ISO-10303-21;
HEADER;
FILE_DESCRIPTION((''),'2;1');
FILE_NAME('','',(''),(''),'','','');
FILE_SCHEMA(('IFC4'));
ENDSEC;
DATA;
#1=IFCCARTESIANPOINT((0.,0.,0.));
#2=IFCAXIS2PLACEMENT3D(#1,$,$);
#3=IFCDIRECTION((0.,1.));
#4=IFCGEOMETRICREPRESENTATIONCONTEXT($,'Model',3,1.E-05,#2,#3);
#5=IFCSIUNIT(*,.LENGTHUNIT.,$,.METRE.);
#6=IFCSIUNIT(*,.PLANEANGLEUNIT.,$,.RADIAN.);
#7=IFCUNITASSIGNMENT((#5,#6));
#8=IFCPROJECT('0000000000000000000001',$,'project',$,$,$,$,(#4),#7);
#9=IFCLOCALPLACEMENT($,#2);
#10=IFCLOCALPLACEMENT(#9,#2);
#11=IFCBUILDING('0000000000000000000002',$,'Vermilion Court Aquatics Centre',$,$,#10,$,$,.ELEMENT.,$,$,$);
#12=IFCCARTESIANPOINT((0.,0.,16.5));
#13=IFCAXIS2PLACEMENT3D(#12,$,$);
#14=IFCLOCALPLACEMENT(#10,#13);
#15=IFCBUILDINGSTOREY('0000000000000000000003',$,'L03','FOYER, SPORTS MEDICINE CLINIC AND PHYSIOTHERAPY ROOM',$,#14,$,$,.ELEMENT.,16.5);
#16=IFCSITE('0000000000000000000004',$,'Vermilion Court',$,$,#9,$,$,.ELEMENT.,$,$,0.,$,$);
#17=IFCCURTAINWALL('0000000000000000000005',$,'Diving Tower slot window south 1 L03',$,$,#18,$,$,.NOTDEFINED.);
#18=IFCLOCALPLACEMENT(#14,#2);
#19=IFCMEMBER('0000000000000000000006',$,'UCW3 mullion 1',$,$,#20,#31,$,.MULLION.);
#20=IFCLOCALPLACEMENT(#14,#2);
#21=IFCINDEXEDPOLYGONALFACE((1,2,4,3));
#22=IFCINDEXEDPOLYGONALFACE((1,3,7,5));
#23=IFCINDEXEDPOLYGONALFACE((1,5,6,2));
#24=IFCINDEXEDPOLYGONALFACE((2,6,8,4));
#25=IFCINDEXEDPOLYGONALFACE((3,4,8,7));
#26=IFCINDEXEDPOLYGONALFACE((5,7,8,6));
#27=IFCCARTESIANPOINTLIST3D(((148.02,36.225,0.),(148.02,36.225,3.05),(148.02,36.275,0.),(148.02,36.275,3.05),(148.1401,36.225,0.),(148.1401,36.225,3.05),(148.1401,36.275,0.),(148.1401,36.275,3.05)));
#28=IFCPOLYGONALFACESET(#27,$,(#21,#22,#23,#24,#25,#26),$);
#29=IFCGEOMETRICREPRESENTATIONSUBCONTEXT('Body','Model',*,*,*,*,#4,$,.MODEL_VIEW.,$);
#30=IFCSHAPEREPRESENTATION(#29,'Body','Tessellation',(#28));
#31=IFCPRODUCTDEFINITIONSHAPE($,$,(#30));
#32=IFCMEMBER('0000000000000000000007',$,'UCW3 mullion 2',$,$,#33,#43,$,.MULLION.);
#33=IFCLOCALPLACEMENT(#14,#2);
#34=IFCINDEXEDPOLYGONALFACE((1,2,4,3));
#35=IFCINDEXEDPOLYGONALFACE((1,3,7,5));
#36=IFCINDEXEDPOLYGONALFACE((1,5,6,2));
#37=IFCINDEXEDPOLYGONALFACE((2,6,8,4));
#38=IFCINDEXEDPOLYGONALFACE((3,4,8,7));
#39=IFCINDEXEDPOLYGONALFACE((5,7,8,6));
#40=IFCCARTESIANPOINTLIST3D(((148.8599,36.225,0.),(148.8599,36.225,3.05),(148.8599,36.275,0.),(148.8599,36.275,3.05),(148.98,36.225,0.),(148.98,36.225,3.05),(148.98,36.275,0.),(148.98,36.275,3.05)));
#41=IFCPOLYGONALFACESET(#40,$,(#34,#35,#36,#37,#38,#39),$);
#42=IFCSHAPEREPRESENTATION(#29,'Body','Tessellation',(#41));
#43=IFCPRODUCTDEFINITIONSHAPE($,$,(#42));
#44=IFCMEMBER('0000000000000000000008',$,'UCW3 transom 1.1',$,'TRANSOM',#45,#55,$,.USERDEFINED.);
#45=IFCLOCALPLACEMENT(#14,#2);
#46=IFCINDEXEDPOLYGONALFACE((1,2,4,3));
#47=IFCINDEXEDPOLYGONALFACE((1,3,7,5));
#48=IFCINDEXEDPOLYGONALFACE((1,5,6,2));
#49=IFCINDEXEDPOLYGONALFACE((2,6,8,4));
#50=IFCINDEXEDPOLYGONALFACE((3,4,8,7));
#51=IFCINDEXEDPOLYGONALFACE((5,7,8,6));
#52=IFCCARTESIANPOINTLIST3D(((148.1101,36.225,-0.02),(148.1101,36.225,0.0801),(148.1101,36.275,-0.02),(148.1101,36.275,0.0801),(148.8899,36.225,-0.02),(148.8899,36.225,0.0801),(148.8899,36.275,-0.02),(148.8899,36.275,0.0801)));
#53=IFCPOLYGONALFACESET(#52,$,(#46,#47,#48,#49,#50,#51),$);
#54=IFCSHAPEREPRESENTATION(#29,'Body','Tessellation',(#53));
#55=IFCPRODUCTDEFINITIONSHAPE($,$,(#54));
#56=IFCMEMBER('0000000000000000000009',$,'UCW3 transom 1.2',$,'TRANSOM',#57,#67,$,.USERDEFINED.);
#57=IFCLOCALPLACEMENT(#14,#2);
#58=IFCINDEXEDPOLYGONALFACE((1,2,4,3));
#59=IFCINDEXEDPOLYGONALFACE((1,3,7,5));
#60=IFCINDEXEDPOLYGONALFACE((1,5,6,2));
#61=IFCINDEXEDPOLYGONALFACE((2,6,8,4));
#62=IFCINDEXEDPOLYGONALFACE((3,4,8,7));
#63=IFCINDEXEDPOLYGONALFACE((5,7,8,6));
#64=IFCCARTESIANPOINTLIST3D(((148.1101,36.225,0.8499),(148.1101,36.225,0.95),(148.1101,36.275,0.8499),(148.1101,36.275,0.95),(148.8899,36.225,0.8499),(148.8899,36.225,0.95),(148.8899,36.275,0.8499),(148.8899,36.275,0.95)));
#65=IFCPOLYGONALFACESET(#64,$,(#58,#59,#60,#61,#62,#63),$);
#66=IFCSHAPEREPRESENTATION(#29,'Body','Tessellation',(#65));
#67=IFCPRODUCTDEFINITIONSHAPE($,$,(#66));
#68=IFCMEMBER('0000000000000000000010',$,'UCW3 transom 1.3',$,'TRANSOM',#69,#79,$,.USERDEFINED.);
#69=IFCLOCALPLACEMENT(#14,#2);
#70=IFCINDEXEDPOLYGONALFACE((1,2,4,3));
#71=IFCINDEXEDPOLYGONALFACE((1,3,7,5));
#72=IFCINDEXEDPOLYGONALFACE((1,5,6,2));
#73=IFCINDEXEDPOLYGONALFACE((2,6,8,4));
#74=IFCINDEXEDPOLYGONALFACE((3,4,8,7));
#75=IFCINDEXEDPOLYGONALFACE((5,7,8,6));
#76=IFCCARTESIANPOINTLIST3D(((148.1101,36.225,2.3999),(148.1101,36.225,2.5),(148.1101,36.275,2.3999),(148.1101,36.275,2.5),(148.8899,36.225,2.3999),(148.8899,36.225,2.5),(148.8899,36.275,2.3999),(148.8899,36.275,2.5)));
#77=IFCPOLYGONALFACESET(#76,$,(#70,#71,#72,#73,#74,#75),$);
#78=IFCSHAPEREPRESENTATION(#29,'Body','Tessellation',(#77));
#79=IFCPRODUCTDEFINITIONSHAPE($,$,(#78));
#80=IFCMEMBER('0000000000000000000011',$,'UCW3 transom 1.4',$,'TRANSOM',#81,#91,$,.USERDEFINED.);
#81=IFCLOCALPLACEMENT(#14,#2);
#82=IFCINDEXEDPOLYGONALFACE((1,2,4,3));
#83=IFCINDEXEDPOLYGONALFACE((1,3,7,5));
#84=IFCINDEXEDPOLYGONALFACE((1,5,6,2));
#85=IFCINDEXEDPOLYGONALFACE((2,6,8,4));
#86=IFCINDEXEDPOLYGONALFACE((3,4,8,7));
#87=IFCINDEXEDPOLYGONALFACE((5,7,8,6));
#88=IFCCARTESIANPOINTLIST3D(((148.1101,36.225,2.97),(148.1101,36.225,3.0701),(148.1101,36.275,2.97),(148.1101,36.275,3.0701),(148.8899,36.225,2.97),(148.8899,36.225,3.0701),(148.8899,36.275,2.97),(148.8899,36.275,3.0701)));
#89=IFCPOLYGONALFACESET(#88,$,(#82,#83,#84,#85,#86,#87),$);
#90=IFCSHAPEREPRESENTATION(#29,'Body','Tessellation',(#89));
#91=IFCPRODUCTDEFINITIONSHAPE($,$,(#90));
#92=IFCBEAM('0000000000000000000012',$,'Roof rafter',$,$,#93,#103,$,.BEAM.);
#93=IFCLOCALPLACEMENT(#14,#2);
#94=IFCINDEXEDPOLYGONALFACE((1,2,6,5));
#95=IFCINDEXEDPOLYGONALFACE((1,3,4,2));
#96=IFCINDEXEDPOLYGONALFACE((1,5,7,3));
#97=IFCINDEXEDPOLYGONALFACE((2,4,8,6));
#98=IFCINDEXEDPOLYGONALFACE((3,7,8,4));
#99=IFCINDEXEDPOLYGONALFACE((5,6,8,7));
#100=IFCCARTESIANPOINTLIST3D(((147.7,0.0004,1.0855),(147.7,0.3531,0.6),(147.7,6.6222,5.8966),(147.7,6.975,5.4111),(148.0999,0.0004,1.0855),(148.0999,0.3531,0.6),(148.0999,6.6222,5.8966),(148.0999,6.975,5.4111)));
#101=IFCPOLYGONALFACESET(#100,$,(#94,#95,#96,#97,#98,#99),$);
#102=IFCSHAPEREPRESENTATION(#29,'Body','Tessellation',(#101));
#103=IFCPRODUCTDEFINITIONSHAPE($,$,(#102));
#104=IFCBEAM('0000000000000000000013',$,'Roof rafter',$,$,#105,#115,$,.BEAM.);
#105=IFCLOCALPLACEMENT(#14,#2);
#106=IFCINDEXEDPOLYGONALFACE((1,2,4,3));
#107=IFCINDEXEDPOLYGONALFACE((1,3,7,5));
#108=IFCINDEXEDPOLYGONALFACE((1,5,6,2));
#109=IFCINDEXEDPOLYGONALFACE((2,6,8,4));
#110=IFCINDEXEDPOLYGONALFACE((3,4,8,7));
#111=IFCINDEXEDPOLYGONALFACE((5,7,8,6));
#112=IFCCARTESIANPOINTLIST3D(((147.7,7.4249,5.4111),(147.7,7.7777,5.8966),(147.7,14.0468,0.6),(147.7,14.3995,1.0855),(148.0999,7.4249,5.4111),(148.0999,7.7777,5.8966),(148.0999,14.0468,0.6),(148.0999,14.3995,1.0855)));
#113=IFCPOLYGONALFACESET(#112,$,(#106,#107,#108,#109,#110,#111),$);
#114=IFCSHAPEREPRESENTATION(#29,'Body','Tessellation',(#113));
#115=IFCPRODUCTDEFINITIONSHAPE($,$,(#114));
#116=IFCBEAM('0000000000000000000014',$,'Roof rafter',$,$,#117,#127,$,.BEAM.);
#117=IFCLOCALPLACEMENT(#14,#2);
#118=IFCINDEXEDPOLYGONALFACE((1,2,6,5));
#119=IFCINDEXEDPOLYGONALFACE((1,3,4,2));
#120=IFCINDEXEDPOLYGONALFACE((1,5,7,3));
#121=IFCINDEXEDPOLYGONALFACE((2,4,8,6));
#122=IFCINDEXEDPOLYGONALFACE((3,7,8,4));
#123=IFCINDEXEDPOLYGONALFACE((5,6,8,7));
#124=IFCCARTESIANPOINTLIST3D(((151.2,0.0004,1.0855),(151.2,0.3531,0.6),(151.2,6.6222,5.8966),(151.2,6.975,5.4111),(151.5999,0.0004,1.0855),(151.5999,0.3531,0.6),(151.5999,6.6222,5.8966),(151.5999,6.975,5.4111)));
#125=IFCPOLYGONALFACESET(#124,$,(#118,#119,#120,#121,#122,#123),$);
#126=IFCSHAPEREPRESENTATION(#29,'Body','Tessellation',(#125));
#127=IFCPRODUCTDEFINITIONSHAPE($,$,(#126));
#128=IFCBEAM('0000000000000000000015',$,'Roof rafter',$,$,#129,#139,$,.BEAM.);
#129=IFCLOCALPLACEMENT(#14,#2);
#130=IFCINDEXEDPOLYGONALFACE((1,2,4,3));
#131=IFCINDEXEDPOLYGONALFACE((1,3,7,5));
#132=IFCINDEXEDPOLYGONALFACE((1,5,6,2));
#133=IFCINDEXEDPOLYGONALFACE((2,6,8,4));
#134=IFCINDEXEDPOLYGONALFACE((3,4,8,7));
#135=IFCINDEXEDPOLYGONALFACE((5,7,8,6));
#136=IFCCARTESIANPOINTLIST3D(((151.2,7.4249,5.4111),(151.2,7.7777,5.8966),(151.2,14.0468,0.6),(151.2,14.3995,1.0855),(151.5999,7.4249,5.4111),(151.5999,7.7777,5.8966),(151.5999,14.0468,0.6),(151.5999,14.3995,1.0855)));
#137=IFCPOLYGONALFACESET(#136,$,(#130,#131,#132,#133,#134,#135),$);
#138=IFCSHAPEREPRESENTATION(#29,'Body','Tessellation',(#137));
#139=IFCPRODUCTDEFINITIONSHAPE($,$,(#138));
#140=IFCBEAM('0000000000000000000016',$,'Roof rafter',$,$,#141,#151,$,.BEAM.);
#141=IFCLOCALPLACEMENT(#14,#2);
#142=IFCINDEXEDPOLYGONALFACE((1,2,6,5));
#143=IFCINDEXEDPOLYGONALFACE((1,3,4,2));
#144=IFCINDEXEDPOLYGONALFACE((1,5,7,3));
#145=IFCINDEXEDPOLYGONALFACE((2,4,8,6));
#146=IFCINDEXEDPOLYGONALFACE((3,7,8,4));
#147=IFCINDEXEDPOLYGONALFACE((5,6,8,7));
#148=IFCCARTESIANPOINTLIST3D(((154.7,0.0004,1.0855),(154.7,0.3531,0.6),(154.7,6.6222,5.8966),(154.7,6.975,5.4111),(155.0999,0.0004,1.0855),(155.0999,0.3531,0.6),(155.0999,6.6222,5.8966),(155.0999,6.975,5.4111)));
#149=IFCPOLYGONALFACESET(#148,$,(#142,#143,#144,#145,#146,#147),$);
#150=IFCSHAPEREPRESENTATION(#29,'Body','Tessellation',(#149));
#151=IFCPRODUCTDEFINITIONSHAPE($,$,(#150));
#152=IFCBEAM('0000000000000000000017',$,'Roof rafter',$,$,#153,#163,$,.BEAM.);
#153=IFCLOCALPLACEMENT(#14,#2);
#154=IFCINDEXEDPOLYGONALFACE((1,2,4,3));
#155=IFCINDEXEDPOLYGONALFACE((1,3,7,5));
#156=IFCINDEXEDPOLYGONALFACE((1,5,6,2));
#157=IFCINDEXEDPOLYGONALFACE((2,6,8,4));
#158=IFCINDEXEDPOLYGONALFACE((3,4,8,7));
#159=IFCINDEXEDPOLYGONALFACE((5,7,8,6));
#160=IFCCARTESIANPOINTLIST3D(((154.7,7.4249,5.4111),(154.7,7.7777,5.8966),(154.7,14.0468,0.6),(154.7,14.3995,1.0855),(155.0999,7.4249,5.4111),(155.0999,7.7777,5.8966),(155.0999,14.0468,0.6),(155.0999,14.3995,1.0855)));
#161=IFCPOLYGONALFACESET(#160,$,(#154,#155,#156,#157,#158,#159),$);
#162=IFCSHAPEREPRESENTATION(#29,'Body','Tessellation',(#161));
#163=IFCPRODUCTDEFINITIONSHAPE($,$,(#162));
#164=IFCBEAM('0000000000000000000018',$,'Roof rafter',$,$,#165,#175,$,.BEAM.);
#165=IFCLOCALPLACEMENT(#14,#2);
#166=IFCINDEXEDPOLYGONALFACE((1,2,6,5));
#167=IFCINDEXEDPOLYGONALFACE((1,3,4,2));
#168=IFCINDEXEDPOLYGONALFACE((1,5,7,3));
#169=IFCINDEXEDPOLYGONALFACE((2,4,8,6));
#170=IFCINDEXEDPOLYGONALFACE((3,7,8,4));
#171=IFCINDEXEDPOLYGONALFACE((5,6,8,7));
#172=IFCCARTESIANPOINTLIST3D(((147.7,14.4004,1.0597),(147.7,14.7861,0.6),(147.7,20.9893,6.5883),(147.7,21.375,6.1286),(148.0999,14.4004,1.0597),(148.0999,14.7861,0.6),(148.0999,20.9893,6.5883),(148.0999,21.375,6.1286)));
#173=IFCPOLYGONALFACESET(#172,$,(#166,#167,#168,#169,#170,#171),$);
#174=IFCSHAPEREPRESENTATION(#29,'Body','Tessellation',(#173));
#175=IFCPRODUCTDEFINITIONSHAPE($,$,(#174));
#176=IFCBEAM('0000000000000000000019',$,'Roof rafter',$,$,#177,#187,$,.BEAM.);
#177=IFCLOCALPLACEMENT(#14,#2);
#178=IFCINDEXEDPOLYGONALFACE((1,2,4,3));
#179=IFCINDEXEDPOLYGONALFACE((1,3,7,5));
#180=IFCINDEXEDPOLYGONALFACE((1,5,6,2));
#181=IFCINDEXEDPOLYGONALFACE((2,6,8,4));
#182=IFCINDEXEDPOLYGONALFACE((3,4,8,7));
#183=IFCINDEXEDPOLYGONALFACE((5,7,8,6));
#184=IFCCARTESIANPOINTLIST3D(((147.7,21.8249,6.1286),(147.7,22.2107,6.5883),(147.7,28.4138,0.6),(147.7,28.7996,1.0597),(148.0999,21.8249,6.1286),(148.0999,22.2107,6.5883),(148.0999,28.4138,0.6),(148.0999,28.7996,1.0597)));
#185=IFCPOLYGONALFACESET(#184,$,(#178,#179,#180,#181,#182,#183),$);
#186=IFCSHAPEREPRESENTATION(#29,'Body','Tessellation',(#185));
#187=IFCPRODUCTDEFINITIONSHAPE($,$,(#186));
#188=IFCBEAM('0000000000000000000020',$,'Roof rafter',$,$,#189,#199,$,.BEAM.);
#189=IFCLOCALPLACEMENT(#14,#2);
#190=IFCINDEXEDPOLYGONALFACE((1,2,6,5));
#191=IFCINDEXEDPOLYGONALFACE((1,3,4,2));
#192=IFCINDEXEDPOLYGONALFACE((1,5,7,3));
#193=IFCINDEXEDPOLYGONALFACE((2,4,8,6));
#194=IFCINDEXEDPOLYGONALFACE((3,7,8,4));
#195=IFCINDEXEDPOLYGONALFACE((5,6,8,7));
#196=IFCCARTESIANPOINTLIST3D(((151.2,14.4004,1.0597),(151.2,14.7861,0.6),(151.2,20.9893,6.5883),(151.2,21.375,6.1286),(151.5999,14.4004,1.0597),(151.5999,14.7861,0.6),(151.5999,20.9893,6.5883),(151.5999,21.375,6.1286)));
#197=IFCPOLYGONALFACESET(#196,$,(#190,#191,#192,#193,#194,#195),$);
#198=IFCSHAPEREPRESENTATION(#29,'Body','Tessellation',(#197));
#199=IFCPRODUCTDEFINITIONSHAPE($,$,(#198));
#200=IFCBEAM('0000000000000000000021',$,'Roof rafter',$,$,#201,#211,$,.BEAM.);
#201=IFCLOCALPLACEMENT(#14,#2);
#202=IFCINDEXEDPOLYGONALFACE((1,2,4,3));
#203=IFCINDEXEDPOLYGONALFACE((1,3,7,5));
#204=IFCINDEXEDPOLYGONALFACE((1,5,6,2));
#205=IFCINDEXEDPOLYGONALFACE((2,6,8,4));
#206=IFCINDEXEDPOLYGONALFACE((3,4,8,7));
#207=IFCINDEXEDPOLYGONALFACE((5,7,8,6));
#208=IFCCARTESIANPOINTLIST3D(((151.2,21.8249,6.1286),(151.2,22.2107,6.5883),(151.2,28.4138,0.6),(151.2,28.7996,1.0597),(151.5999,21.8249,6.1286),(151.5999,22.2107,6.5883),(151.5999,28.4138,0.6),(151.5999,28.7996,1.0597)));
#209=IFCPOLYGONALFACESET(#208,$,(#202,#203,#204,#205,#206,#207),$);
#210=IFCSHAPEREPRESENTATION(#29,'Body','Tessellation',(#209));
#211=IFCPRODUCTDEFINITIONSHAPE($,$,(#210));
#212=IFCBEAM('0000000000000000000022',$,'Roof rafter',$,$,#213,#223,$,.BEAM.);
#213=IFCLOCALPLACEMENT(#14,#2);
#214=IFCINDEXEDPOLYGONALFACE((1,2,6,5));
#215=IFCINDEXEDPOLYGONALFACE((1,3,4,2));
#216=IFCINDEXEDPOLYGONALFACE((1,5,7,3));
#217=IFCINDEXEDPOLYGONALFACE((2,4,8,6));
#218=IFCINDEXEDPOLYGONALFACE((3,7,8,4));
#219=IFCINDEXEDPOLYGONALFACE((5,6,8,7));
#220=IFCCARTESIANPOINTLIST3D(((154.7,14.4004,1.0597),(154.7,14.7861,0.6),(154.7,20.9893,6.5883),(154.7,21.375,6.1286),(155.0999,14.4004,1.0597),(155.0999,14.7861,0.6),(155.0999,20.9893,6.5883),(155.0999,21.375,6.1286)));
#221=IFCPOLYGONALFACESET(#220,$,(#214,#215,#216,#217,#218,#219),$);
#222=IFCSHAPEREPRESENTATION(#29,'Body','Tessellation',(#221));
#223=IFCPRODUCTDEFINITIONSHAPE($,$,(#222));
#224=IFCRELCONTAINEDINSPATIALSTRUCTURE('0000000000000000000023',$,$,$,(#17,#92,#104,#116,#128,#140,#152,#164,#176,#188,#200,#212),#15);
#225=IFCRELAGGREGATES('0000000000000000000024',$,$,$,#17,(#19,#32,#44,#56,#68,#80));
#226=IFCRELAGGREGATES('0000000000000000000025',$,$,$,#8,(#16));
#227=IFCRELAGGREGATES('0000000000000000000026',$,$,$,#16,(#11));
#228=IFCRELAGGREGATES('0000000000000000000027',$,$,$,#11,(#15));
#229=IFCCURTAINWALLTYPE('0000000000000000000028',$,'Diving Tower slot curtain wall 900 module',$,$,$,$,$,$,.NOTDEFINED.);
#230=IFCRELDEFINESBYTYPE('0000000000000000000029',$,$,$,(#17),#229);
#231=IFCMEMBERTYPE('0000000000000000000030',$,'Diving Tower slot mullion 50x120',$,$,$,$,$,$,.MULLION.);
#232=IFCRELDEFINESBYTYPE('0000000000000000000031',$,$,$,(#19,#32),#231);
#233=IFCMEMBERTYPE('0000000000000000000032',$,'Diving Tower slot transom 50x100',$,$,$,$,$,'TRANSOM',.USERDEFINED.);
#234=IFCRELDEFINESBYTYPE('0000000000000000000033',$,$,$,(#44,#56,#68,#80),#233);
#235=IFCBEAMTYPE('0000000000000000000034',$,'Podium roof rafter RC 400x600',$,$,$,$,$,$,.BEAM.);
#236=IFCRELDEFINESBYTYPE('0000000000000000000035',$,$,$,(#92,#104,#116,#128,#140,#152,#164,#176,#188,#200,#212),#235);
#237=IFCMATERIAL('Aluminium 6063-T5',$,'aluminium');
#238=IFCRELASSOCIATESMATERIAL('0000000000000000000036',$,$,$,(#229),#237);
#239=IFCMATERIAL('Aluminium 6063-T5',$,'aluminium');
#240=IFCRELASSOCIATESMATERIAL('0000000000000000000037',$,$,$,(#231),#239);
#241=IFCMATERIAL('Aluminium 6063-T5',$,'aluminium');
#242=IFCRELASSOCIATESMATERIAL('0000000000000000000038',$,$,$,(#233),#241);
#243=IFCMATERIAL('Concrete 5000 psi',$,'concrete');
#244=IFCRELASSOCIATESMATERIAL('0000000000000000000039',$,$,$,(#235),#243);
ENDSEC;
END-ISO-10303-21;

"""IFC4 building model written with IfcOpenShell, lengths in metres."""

from ifc_helpers import new_model, si_unit, direction, frame, origin, origin_2d, place, context, subcontext, project, spatial, rectangle, extrude, material, material_profile, profile_set, type_object, element, aggregate, save


model = new_model("IFC4")

# Units and contexts
model_context = context("Model", 3, precision=1e-05, world=origin(), true_north=direction((0.0, 1.0)))
body_context = subcontext(model_context, "Body", "Model", "MODEL_VIEW")
ifc_project = project(units=[si_unit("LENGTHUNIT", "METRE"), si_unit("PLANEANGLEUNIT", "RADIAN")], contexts=[model_context])

# Site, building, storey
site_placement = place(None, origin())
site = spatial("IfcSite", under=ifc_project, at=site_placement, Name="Vermilion Court", CompositionType="ELEMENT", RefElevation=0.0)
building_placement = place(site_placement, origin())
building = spatial("IfcBuilding", under=site, at=building_placement, Name="Vermilion Court Aquatics Centre", CompositionType="ELEMENT")
storey_placement = place(building_placement, frame((0.0, 0.0, 16.5)))
storey = spatial("IfcBuildingStorey", under=building, at=storey_placement, Name="L03", Description="FOYER, SPORTS MEDICINE CLINIC AND PHYSIOTHERAPY ROOM", CompositionType="ELEMENT", Elevation=16.5)

# Curtain wall, members
ifc_material_1 = material(Name="Aluminium 6063-T5", Category="aluminium")
curtain_wall_type = type_object("IfcCurtainWallType", Name="Diving Tower slot curtain wall 900 module", PredefinedType="NOTDEFINED", material=ifc_material_1)
curtain_wall_placement = place(storey_placement, origin())
curtain_wall = element("IfcCurtainWall", 1, at=curtain_wall_placement, inside=storey, type_object=curtain_wall_type, Name="Diving Tower slot window south 1 L03", PredefinedType="NOTDEFINED")
ifc_material_2 = material(Name="Aluminium 6063-T5", Category="aluminium")
ifc_material_profile_1 = material_profile(ifc_material_2, rectangle(XDim=0.05, YDim=0.1201, at=origin_2d()), Name="AL 50x120")
ifc_profile_set_1 = profile_set([ifc_material_profile_1], Name="Aluminium 6063-T5")
member_type_1 = type_object("IfcMemberType", Name="Diving Tower slot mullion 50x120", PredefinedType="MULLION", material=ifc_profile_set_1)
member_1_placement = place(storey_placement, frame((148.0801, 36.25, 0.0), z_axis=(0.0, 0.0, 1.0), x_axis=(0.0, 1.0, 0.0)))
member_1 = element("IfcMember", 2, at=member_1_placement, type_object=member_type_1, Name="UCW3 mullion 1", PredefinedType="MULLION", context=body_context, shape_type="SweptSolid", body=[
    extrude(rectangle(XDim=0.05, YDim=0.1201, at=origin_2d()), origin(), (0.0, 0.0, 1.0), 3.05),
])
member_2_placement = place(storey_placement, frame((148.9199, 36.25, 0.0), z_axis=(0.0, 0.0, 1.0), x_axis=(0.0, 1.0, 0.0)))
member_2 = element("IfcMember", 3, at=member_2_placement, type_object=member_type_1, Name="UCW3 mullion 2", PredefinedType="MULLION", context=body_context, shape_type="SweptSolid", body=[
    extrude(rectangle(XDim=0.05, YDim=0.1201, at=origin_2d()), origin(), (0.0, 0.0, 1.0), 3.05),
])
ifc_material_3 = material(Name="Aluminium 6063-T5", Category="aluminium")
ifc_material_profile_2 = material_profile(ifc_material_3, rectangle(XDim=0.05, YDim=0.1001, at=origin_2d()), Name="AL 50x100")
ifc_profile_set_2 = profile_set([ifc_material_profile_2], Name="Aluminium 6063-T5")
member_type_2 = type_object("IfcMemberType", Name="Diving Tower slot transom 50x100", ElementType="TRANSOM", PredefinedType="USERDEFINED", material=ifc_profile_set_2)
member_3_placement = place(storey_placement, frame((148.1101, 36.25, 0.03), z_axis=(1.0, 0.0, 0.0), x_axis=(0.0, 1.0, 0.0)))
member_3 = element("IfcMember", 4, at=member_3_placement, type_object=member_type_2, Name="UCW3 transom 1.1", ObjectType="TRANSOM", PredefinedType="USERDEFINED", context=body_context, shape_type="SweptSolid", body=[
    extrude(rectangle(XDim=0.05, YDim=0.1001, at=origin_2d()), origin(), (0.0, 0.0, 1.0), 0.7798),
])
member_4_placement = place(storey_placement, frame((148.1101, 36.25, 0.8999), z_axis=(1.0, 0.0, 0.0), x_axis=(0.0, 1.0, 0.0)))
member_4 = element("IfcMember", 5, at=member_4_placement, type_object=member_type_2, Name="UCW3 transom 1.2", ObjectType="TRANSOM", PredefinedType="USERDEFINED", context=body_context, shape_type="SweptSolid", body=[
    extrude(rectangle(XDim=0.05, YDim=0.1001, at=origin_2d()), origin(), (0.0, 0.0, 1.0), 0.7798),
])
member_5_placement = place(storey_placement, frame((148.1101, 36.25, 2.45), z_axis=(1.0, 0.0, 0.0), x_axis=(0.0, 1.0, 0.0)))
member_5 = element("IfcMember", 6, at=member_5_placement, type_object=member_type_2, Name="UCW3 transom 1.3", ObjectType="TRANSOM", PredefinedType="USERDEFINED", context=body_context, shape_type="SweptSolid", body=[
    extrude(rectangle(XDim=0.05, YDim=0.1001, at=origin_2d()), origin(), (0.0, 0.0, 1.0), 0.7798),
])
member_6_placement = place(storey_placement, frame((148.1101, 36.25, 3.02), z_axis=(1.0, 0.0, 0.0), x_axis=(0.0, 1.0, 0.0)))
member_6 = element("IfcMember", 7, at=member_6_placement, type_object=member_type_2, Name="UCW3 transom 1.4", ObjectType="TRANSOM", PredefinedType="USERDEFINED", context=body_context, shape_type="SweptSolid", body=[
    extrude(rectangle(XDim=0.05, YDim=0.1001, at=origin_2d()), origin(), (0.0, 0.0, 1.0), 0.7798),
])

# Beams
ifc_material_4 = material(Name="Concrete 5000 psi", Category="concrete")
ifc_material_profile_3 = material_profile(ifc_material_4, rectangle(XDim=0.3999, YDim=0.6001, at=origin_2d()), Name="RC 400x600")
ifc_profile_set_3 = profile_set([ifc_material_profile_3], Name="Concrete 5000 psi")
beam_type = type_object("IfcBeamType", Name="Podium roof rafter RC 400x600", PredefinedType="BEAM", material=ifc_profile_set_3)
for number, where, z_axis, x_axis, name in (
    (8, (147.8999, 0.1768, 0.8428), (0.0, 0.809017, 0.587785), (-1.0, 0.0, 0.0), "Roof rafter"),
    (9, (147.8999, 14.2231, 0.8428), (0.0, -0.809017, 0.587785), (1.0, 0.0, 0.0), "Roof rafter"),
    (10, (151.3999, 0.1768, 0.8428), (0.0, 0.809017, 0.587785), (-1.0, 0.0, 0.0), "Roof rafter"),
    (11, (151.3999, 14.2231, 0.8428), (0.0, -0.809017, 0.587785), (1.0, 0.0, 0.0), "Roof rafter"),
    (12, (154.8999, 0.1768, 0.8428), (0.0, 0.809017, 0.587785), (-1.0, 0.0, 0.0), "Roof rafter"),
    (13, (154.8999, 14.2231, 0.8428), (0.0, -0.809017, 0.587785), (1.0, 0.0, 0.0), "Roof rafter"),
):
    element("IfcBeam", number, at=place(storey_placement, frame(where, z_axis=z_axis, x_axis=x_axis)), inside=storey, type_object=beam_type, Name=name, PredefinedType="BEAM", context=body_context, shape_type="SweptSolid", body=[
        extrude(rectangle(XDim=0.3999, YDim=0.6001, at=origin_2d()), origin(), (0.0, 0.0, 1.0), 8.1851),
    ])
for number, where, z_axis, x_axis, name in (
    (14, (147.8999, 14.5933, 0.8298), (0.0, 0.766053, 0.642777), (-1.0, 0.0, 0.0), "Roof rafter"),
    (15, (147.8999, 28.6067, 0.8298), (0.0, -0.766053, 0.642777), (1.0, 0.0, 0.0), "Roof rafter"),
    (16, (151.3999, 14.5933, 0.8298), (0.0, 0.766053, 0.642777), (-1.0, 0.0, 0.0), "Roof rafter"),
    (17, (151.3999, 28.6067, 0.8298), (0.0, -0.766053, 0.642777), (1.0, 0.0, 0.0), "Roof rafter"),
    (18, (154.8999, 14.5933, 0.8298), (0.0, 0.766053, 0.642777), (-1.0, 0.0, 0.0), "Roof rafter"),
):
    element("IfcBeam", number, at=place(storey_placement, frame(where, z_axis=z_axis, x_axis=x_axis)), inside=storey, type_object=beam_type, Name=name, PredefinedType="BEAM", context=body_context, shape_type="SweptSolid", body=[
        extrude(rectangle(XDim=0.3999, YDim=0.6001, at=origin_2d()), origin(), (0.0, 0.0, 1.0), 8.6011),
    ])

aggregate(curtain_wall, [member_1, member_2, member_3, member_4, member_5, member_6])

save(model, "model.ifc")
